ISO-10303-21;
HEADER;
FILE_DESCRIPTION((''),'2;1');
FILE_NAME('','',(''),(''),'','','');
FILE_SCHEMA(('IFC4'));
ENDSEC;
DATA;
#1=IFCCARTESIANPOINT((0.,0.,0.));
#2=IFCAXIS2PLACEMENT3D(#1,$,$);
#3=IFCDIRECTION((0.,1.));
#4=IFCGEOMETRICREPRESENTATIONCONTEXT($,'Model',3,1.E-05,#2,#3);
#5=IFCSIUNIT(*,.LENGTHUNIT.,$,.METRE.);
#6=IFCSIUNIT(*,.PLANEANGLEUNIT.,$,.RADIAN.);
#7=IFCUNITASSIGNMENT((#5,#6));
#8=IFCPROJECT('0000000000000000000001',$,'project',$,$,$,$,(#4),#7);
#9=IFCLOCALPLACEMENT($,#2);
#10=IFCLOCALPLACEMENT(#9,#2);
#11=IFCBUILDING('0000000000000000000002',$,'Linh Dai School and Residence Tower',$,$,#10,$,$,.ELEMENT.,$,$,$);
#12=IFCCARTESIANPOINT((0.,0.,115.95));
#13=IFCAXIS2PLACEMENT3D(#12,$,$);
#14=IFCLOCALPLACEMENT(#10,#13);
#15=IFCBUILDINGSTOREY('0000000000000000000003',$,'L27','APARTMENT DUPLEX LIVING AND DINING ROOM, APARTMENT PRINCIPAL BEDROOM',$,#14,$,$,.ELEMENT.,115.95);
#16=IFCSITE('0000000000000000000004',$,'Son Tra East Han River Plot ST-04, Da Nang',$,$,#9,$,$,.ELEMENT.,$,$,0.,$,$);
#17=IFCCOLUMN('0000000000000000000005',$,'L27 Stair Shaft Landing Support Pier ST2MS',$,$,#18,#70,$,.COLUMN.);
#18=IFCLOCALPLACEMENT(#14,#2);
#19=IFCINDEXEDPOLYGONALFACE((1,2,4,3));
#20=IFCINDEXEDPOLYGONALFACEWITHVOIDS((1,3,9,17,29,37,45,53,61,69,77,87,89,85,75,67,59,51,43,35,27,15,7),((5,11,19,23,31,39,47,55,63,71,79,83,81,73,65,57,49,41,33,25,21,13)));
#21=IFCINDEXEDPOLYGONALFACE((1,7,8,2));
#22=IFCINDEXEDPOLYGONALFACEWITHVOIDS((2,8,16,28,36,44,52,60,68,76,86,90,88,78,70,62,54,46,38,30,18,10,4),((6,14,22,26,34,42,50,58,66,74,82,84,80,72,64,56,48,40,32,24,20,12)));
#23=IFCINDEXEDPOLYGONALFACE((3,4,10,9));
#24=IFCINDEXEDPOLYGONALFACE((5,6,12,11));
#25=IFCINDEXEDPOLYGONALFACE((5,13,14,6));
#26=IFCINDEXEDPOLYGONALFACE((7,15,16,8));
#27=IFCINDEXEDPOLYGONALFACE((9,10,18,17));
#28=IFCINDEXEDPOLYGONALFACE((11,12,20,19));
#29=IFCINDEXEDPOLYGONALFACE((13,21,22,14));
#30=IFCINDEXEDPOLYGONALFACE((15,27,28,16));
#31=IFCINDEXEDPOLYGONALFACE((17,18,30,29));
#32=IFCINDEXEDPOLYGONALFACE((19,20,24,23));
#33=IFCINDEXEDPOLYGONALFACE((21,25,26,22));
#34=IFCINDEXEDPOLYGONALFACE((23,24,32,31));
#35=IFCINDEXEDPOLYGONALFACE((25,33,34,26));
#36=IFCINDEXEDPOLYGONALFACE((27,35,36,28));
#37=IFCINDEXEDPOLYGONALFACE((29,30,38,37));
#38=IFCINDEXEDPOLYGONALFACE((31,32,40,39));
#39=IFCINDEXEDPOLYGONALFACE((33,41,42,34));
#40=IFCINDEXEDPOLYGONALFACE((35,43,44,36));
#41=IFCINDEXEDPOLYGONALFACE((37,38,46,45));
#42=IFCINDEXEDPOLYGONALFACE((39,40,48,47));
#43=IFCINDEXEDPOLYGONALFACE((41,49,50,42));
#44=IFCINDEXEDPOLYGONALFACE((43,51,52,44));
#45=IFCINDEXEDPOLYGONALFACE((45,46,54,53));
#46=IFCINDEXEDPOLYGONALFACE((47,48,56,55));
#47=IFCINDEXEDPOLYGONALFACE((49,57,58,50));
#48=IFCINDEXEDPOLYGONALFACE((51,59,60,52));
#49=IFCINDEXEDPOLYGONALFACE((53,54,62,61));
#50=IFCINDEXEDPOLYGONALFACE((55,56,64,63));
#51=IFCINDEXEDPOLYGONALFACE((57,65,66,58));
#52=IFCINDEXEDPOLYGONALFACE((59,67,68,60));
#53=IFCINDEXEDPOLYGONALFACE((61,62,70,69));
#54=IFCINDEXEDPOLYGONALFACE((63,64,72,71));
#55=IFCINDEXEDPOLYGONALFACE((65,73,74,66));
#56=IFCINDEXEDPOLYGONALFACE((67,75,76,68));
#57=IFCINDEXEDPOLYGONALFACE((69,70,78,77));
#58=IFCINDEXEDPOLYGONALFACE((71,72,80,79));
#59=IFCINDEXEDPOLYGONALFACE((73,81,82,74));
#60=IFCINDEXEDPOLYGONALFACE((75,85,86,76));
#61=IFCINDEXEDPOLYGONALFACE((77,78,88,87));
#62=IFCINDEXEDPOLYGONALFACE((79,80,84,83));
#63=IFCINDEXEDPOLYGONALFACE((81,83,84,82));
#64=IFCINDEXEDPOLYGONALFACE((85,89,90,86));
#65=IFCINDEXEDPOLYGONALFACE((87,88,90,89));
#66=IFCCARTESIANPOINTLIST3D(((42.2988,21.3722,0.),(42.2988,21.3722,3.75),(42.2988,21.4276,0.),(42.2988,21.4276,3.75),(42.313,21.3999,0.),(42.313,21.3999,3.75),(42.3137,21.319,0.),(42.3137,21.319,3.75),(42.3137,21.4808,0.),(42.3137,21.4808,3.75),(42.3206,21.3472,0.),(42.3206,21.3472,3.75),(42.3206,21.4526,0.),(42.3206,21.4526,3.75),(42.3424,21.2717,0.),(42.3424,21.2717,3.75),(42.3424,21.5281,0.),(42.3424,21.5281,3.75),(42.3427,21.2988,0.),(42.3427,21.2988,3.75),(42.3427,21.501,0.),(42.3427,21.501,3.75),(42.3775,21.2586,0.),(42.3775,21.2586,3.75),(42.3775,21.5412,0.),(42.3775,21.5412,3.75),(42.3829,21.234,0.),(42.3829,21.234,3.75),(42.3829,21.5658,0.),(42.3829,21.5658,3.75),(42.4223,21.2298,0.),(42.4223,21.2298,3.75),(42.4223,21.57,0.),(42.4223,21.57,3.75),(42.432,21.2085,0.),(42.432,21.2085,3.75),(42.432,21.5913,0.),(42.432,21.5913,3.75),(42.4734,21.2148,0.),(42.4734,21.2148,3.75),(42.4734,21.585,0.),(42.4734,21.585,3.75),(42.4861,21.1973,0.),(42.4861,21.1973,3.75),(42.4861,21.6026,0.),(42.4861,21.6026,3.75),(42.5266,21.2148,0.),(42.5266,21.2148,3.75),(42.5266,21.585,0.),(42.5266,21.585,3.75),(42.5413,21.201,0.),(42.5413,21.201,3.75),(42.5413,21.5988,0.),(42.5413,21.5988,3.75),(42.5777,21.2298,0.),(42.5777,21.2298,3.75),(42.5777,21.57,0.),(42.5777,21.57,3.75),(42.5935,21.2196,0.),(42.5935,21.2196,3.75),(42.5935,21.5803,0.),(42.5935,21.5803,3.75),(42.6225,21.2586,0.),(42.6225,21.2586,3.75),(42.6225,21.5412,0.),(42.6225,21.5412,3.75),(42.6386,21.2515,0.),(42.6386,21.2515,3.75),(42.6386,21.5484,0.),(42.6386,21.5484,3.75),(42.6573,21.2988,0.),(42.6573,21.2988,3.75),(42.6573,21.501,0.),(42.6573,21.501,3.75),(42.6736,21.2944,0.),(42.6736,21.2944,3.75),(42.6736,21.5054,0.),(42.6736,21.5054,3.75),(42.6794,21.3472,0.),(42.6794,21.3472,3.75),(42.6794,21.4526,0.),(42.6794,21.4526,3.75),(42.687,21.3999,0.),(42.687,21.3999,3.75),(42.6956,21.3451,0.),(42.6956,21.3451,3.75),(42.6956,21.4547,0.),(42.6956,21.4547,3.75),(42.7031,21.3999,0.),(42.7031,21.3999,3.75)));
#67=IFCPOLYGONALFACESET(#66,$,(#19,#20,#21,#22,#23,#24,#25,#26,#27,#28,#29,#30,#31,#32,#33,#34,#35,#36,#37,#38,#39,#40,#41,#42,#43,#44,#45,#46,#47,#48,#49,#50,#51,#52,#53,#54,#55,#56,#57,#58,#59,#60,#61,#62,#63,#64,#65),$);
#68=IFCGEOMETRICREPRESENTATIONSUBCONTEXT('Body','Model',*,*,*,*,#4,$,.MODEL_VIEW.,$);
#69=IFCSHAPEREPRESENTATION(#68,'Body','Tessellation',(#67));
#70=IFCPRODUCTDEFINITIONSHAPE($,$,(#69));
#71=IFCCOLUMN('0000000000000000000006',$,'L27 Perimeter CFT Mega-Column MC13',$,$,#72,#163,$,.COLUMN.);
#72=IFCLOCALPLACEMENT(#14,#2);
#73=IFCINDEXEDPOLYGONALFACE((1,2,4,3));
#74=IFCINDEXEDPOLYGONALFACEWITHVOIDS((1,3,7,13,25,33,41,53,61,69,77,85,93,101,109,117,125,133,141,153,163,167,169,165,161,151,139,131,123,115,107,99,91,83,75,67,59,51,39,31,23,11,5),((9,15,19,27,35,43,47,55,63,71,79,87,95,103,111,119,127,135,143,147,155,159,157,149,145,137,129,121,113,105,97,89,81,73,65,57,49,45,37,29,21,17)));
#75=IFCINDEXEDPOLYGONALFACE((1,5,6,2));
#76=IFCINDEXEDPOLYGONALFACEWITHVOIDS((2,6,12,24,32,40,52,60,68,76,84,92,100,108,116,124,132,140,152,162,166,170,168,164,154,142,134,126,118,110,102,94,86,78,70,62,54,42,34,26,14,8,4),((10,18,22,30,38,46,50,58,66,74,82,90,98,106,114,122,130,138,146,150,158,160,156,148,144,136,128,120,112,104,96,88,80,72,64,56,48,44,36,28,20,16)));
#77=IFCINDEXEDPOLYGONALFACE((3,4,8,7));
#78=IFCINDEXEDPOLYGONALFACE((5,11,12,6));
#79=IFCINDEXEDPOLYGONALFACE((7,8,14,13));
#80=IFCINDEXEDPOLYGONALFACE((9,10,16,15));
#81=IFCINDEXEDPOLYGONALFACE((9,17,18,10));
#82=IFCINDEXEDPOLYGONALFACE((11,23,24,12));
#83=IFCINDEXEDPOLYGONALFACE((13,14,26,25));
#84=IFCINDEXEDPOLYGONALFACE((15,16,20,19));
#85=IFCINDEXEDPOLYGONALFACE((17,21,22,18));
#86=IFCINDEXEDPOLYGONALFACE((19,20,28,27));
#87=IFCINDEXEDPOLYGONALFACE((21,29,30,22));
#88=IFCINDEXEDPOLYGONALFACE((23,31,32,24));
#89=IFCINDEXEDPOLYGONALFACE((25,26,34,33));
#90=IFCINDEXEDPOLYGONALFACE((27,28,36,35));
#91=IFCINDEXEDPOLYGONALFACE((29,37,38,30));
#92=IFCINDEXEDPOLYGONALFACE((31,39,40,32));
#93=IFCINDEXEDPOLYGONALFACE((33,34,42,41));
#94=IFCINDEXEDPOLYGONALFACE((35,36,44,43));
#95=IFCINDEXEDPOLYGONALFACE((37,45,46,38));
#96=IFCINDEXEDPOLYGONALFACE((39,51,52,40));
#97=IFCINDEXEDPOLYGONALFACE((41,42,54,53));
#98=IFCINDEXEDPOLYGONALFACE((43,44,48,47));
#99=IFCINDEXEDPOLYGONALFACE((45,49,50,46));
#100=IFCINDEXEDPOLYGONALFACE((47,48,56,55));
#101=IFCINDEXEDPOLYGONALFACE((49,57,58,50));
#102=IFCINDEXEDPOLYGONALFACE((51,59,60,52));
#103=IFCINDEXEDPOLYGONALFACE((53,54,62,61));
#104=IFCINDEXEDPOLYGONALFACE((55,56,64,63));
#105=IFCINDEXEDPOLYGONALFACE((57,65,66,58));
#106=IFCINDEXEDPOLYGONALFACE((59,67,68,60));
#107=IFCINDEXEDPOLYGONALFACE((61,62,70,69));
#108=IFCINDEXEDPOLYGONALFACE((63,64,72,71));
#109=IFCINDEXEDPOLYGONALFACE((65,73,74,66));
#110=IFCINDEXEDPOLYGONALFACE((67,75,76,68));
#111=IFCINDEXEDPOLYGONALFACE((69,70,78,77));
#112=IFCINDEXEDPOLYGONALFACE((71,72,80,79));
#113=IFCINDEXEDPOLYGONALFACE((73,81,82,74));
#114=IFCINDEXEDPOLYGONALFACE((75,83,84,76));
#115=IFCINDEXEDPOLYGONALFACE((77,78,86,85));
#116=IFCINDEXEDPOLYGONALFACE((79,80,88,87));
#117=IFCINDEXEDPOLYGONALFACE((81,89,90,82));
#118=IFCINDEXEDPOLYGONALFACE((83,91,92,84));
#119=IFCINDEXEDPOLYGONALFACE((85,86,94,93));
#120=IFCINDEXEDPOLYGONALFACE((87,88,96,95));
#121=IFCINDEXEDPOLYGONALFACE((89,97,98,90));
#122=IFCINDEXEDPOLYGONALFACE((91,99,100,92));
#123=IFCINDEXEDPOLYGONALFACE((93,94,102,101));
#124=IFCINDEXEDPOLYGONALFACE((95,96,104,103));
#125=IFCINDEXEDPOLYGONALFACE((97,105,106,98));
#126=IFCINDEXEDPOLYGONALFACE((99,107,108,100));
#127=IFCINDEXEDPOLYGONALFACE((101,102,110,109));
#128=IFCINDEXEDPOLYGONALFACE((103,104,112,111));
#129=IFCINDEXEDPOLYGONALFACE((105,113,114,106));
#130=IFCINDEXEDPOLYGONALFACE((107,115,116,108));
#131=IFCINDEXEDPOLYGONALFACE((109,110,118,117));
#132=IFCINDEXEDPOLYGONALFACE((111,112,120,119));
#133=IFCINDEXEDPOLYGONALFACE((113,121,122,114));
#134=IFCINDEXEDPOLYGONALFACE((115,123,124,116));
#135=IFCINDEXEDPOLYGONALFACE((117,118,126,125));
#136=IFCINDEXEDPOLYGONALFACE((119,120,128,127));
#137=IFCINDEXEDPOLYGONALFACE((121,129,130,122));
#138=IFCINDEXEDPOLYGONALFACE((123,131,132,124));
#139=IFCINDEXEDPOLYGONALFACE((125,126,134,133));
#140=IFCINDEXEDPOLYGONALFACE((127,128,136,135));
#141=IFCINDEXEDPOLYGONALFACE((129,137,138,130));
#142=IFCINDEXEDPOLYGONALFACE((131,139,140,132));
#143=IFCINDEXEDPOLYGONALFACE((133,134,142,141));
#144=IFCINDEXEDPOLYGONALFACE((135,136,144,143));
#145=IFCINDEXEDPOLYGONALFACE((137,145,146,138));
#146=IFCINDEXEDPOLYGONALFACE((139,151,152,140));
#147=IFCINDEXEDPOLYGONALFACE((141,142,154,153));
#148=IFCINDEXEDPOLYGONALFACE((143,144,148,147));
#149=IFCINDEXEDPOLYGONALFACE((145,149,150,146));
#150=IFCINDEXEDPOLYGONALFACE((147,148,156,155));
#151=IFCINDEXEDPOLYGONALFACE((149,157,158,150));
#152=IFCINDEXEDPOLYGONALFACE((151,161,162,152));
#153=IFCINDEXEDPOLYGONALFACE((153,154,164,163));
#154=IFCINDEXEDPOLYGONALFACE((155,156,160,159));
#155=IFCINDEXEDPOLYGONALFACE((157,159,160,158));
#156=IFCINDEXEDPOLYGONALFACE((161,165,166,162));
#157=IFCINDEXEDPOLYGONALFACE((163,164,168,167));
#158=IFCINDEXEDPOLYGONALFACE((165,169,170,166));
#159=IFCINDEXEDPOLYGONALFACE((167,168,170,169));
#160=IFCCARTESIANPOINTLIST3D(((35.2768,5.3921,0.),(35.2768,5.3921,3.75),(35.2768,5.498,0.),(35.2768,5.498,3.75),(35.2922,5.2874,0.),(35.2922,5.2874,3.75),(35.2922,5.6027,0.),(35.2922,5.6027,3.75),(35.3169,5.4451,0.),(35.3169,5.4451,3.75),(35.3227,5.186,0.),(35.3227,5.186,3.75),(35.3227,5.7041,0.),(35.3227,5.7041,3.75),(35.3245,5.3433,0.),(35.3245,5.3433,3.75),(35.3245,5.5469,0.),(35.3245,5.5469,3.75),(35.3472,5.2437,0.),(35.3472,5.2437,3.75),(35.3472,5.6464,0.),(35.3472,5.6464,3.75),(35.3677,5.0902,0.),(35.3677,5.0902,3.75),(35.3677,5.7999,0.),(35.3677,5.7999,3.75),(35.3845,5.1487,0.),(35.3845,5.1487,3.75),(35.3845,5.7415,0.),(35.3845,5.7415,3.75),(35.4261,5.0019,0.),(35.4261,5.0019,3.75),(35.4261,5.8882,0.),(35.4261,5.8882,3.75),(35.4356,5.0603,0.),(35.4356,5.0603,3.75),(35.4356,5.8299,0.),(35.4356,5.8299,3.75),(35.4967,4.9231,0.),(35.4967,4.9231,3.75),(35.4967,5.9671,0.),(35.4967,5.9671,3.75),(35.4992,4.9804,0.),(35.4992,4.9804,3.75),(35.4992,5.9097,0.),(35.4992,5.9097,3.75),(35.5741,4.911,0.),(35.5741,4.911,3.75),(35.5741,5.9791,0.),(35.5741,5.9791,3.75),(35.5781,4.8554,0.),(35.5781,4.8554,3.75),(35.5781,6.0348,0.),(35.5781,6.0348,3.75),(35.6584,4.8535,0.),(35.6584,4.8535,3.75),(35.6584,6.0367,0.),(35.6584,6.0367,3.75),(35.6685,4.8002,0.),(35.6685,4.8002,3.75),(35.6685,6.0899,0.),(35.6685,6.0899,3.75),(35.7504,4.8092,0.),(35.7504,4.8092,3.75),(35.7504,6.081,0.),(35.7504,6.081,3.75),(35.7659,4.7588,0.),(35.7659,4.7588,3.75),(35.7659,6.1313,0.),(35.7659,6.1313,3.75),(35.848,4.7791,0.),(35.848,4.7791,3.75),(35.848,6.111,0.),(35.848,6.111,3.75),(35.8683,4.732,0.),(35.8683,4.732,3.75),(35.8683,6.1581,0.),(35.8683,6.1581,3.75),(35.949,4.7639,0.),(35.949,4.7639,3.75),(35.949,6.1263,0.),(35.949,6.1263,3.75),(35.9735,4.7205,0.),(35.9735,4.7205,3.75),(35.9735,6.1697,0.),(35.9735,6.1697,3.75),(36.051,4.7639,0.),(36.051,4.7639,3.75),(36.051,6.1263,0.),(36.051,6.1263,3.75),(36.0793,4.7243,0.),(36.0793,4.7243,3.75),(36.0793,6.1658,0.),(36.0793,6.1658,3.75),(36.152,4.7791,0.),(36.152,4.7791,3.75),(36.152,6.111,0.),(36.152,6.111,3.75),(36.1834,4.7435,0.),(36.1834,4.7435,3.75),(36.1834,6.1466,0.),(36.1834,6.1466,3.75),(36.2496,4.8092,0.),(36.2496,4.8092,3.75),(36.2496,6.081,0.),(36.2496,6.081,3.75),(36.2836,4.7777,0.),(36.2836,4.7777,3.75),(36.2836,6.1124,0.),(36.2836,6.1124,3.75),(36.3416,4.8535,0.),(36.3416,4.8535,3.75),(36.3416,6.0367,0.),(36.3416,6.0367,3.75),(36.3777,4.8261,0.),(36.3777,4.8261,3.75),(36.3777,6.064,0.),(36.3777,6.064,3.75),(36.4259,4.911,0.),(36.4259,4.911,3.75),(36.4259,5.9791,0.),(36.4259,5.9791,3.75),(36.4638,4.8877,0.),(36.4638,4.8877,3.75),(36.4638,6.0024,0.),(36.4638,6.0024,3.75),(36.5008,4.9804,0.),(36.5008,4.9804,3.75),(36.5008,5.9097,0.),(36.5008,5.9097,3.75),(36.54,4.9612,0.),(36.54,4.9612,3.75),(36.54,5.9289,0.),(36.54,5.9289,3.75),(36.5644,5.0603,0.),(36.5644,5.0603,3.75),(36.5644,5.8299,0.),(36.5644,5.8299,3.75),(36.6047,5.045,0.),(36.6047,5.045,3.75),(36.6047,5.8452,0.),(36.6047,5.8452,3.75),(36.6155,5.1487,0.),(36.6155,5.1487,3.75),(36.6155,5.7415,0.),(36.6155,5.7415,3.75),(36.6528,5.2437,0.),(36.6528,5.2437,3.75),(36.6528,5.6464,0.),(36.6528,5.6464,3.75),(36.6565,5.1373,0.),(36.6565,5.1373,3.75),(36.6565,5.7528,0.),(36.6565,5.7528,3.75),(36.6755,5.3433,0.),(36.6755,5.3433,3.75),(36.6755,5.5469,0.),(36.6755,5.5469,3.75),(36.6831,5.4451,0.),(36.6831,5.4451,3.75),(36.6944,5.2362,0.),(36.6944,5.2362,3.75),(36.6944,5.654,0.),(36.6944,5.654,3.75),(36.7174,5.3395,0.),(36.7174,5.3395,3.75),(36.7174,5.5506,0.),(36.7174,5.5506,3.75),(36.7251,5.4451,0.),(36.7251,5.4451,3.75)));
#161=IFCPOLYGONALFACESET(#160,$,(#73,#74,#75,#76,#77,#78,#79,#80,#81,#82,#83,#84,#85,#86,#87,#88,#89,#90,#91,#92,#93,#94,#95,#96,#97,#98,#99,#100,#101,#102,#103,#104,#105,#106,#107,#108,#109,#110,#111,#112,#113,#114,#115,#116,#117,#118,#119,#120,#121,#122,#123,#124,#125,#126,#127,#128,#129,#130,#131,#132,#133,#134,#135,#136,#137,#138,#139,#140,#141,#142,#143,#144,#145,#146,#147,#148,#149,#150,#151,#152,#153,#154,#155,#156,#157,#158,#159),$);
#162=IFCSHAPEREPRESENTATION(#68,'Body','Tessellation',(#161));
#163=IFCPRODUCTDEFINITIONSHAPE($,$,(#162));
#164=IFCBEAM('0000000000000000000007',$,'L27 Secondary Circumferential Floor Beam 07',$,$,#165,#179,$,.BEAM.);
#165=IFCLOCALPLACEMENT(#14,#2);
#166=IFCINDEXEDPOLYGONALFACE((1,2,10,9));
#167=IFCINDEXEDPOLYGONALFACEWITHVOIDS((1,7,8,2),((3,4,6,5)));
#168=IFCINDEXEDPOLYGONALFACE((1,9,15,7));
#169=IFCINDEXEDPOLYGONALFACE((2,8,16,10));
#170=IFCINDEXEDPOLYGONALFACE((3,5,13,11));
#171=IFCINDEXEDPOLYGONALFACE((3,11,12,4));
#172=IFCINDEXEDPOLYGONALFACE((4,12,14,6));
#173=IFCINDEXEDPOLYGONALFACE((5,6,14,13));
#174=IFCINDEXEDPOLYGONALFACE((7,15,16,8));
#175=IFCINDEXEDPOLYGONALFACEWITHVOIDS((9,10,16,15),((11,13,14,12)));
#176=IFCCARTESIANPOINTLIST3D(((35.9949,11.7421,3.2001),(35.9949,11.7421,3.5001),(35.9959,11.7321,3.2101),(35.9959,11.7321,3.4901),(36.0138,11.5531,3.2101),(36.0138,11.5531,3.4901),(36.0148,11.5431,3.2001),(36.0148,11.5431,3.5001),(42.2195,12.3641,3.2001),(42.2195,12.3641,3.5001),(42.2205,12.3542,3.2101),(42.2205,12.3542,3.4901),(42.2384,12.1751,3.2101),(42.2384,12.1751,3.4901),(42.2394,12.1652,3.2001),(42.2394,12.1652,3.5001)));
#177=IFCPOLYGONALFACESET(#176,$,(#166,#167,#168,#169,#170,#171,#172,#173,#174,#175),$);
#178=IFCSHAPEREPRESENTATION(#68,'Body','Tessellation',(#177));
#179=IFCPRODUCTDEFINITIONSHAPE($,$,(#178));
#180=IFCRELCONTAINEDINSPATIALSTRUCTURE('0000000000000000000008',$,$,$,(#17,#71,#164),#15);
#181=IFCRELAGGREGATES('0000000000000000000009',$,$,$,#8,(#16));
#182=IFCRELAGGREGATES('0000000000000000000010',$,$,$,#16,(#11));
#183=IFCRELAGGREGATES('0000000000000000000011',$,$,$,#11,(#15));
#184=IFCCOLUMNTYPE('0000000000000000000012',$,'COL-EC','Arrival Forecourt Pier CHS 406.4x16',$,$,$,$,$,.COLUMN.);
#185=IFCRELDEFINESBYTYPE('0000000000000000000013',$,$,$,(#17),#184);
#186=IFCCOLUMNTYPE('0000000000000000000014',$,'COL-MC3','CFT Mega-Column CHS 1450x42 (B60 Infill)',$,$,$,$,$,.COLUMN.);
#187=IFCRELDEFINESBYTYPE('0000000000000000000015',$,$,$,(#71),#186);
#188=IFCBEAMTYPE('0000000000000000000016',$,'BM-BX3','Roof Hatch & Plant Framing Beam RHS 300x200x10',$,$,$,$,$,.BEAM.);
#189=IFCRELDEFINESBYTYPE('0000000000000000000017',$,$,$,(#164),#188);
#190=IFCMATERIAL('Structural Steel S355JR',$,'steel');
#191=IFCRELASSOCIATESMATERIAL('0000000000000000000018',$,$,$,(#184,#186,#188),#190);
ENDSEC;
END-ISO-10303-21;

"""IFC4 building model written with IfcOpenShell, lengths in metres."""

from ifc_helpers import new_model, si_unit, direction, frame, origin, origin_2d, place, context, subcontext, project, spatial, hollow_rectangle, hollow_circle, extrude, material, material_profile, profile_set, type_object, element, save


model = new_model("IFC4")

# Units and contexts
model_context = context("Model", 3, precision=1e-05, world=origin(), true_north=direction((0.0, 1.0)))
body_context = subcontext(model_context, "Body", "Model", "MODEL_VIEW")
ifc_project = project(units=[si_unit("LENGTHUNIT", "METRE"), si_unit("PLANEANGLEUNIT", "RADIAN")], contexts=[model_context])

# Site, building, storey
site_placement = place(None, origin())
site = spatial("IfcSite", under=ifc_project, at=site_placement, Name="Son Tra East Han River Plot ST-04, Da Nang", CompositionType="ELEMENT", RefElevation=0.0)
building_placement = place(site_placement, origin())
building = spatial("IfcBuilding", under=site, at=building_placement, Name="Linh Dai School and Residence Tower", CompositionType="ELEMENT")
storey_placement = place(building_placement, frame((0.0, 0.0, 115.95)))
storey = spatial("IfcBuildingStorey", under=building, at=storey_placement, Name="L27", Description="APARTMENT DUPLEX LIVING AND DINING ROOM, APARTMENT PRINCIPAL BEDROOM", CompositionType="ELEMENT", Elevation=115.95)

# Columns
ifc_material_1 = material(Name="Structural Steel S355JR", Category="steel")
ifc_material_profile_1 = material_profile(ifc_material_1, hollow_circle(Radius=0.2031, WallThickness=0.0161, at=origin_2d()), Name="CHS 406.4x16")
ifc_profile_set_1 = profile_set([ifc_material_profile_1], Name="Structural Steel S355JR")
column_type_1 = type_object("IfcColumnType", Name="COL-EC", Description="Arrival Forecourt Pier CHS 406.4x16", PredefinedType="COLUMN", material=ifc_profile_set_1)
column_1_placement = place(storey_placement, frame((42.5, 21.3999, 0.0), z_axis=(0.0, 0.0, 1.0), x_axis=(1.0, 0.0, 0.0)))
element("IfcColumn", 1, at=column_1_placement, inside=storey, type_object=column_type_1, Name="L27 Stair Shaft Landing Support Pier ST2MS", PredefinedType="COLUMN", context=body_context, shape_type="SweptSolid", body=[
    extrude(hollow_circle(Radius=0.2031, WallThickness=0.0161, at=origin_2d()), origin(), (0.0, 0.0, 1.0), 3.75),
])
ifc_material_profile_2 = material_profile(ifc_material_1, hollow_circle(Radius=0.7251, WallThickness=0.042, at=origin_2d()), Name="CHS 1450x42")
ifc_profile_set_2 = profile_set([ifc_material_profile_2], Name="Structural Steel S355JR")
column_type_2 = type_object("IfcColumnType", Name="COL-MC3", Description="CFT Mega-Column CHS 1450x42 (B60 Infill)", PredefinedType="COLUMN", material=ifc_profile_set_2)
column_2_placement = place(storey_placement, frame((36.0, 5.4451, 0.0), z_axis=(0.0, 0.0, 1.0), x_axis=(1.0, 0.0, 0.0)))
element("IfcColumn", 2, at=column_2_placement, inside=storey, type_object=column_type_2, Name="L27 Perimeter CFT Mega-Column MC13", PredefinedType="COLUMN", context=body_context, shape_type="SweptSolid", body=[
    extrude(hollow_circle(Radius=0.7251, WallThickness=0.042, at=origin_2d()), origin(), (0.0, 0.0, 1.0), 3.75),
])

# Beam
ifc_material_profile_3 = material_profile(ifc_material_1, hollow_rectangle(XDim=0.2, YDim=0.3, WallThickness=0.01, at=origin_2d()), Name="RHS 300x200x10")
ifc_profile_set_3 = profile_set([ifc_material_profile_3], Name="Structural Steel S355JR")
beam_type_1 = type_object("IfcBeamType", Name="BM-BX3", Description="Roof Hatch & Plant Framing Beam RHS 300x200x10", PredefinedType="BEAM", material=ifc_profile_set_3)
beam_1_placement = place(storey_placement, frame((36.0049, 11.6426, 3.3501), z_axis=(0.995043, 0.099442, 0.0), x_axis=(-0.099442, 0.995043, 0.0)))
element("IfcBeam", 3, at=beam_1_placement, inside=storey, type_object=beam_type_1, Name="L27 Secondary Circumferential Floor Beam 07", PredefinedType="BEAM", context=body_context, shape_type="SweptSolid", body=[
    extrude(hollow_rectangle(XDim=0.2, YDim=0.3, WallThickness=0.01, at=origin_2d()), origin(), (0.0, 0.0, 1.0), 6.2556),
])

save(model, "model.ifc")
